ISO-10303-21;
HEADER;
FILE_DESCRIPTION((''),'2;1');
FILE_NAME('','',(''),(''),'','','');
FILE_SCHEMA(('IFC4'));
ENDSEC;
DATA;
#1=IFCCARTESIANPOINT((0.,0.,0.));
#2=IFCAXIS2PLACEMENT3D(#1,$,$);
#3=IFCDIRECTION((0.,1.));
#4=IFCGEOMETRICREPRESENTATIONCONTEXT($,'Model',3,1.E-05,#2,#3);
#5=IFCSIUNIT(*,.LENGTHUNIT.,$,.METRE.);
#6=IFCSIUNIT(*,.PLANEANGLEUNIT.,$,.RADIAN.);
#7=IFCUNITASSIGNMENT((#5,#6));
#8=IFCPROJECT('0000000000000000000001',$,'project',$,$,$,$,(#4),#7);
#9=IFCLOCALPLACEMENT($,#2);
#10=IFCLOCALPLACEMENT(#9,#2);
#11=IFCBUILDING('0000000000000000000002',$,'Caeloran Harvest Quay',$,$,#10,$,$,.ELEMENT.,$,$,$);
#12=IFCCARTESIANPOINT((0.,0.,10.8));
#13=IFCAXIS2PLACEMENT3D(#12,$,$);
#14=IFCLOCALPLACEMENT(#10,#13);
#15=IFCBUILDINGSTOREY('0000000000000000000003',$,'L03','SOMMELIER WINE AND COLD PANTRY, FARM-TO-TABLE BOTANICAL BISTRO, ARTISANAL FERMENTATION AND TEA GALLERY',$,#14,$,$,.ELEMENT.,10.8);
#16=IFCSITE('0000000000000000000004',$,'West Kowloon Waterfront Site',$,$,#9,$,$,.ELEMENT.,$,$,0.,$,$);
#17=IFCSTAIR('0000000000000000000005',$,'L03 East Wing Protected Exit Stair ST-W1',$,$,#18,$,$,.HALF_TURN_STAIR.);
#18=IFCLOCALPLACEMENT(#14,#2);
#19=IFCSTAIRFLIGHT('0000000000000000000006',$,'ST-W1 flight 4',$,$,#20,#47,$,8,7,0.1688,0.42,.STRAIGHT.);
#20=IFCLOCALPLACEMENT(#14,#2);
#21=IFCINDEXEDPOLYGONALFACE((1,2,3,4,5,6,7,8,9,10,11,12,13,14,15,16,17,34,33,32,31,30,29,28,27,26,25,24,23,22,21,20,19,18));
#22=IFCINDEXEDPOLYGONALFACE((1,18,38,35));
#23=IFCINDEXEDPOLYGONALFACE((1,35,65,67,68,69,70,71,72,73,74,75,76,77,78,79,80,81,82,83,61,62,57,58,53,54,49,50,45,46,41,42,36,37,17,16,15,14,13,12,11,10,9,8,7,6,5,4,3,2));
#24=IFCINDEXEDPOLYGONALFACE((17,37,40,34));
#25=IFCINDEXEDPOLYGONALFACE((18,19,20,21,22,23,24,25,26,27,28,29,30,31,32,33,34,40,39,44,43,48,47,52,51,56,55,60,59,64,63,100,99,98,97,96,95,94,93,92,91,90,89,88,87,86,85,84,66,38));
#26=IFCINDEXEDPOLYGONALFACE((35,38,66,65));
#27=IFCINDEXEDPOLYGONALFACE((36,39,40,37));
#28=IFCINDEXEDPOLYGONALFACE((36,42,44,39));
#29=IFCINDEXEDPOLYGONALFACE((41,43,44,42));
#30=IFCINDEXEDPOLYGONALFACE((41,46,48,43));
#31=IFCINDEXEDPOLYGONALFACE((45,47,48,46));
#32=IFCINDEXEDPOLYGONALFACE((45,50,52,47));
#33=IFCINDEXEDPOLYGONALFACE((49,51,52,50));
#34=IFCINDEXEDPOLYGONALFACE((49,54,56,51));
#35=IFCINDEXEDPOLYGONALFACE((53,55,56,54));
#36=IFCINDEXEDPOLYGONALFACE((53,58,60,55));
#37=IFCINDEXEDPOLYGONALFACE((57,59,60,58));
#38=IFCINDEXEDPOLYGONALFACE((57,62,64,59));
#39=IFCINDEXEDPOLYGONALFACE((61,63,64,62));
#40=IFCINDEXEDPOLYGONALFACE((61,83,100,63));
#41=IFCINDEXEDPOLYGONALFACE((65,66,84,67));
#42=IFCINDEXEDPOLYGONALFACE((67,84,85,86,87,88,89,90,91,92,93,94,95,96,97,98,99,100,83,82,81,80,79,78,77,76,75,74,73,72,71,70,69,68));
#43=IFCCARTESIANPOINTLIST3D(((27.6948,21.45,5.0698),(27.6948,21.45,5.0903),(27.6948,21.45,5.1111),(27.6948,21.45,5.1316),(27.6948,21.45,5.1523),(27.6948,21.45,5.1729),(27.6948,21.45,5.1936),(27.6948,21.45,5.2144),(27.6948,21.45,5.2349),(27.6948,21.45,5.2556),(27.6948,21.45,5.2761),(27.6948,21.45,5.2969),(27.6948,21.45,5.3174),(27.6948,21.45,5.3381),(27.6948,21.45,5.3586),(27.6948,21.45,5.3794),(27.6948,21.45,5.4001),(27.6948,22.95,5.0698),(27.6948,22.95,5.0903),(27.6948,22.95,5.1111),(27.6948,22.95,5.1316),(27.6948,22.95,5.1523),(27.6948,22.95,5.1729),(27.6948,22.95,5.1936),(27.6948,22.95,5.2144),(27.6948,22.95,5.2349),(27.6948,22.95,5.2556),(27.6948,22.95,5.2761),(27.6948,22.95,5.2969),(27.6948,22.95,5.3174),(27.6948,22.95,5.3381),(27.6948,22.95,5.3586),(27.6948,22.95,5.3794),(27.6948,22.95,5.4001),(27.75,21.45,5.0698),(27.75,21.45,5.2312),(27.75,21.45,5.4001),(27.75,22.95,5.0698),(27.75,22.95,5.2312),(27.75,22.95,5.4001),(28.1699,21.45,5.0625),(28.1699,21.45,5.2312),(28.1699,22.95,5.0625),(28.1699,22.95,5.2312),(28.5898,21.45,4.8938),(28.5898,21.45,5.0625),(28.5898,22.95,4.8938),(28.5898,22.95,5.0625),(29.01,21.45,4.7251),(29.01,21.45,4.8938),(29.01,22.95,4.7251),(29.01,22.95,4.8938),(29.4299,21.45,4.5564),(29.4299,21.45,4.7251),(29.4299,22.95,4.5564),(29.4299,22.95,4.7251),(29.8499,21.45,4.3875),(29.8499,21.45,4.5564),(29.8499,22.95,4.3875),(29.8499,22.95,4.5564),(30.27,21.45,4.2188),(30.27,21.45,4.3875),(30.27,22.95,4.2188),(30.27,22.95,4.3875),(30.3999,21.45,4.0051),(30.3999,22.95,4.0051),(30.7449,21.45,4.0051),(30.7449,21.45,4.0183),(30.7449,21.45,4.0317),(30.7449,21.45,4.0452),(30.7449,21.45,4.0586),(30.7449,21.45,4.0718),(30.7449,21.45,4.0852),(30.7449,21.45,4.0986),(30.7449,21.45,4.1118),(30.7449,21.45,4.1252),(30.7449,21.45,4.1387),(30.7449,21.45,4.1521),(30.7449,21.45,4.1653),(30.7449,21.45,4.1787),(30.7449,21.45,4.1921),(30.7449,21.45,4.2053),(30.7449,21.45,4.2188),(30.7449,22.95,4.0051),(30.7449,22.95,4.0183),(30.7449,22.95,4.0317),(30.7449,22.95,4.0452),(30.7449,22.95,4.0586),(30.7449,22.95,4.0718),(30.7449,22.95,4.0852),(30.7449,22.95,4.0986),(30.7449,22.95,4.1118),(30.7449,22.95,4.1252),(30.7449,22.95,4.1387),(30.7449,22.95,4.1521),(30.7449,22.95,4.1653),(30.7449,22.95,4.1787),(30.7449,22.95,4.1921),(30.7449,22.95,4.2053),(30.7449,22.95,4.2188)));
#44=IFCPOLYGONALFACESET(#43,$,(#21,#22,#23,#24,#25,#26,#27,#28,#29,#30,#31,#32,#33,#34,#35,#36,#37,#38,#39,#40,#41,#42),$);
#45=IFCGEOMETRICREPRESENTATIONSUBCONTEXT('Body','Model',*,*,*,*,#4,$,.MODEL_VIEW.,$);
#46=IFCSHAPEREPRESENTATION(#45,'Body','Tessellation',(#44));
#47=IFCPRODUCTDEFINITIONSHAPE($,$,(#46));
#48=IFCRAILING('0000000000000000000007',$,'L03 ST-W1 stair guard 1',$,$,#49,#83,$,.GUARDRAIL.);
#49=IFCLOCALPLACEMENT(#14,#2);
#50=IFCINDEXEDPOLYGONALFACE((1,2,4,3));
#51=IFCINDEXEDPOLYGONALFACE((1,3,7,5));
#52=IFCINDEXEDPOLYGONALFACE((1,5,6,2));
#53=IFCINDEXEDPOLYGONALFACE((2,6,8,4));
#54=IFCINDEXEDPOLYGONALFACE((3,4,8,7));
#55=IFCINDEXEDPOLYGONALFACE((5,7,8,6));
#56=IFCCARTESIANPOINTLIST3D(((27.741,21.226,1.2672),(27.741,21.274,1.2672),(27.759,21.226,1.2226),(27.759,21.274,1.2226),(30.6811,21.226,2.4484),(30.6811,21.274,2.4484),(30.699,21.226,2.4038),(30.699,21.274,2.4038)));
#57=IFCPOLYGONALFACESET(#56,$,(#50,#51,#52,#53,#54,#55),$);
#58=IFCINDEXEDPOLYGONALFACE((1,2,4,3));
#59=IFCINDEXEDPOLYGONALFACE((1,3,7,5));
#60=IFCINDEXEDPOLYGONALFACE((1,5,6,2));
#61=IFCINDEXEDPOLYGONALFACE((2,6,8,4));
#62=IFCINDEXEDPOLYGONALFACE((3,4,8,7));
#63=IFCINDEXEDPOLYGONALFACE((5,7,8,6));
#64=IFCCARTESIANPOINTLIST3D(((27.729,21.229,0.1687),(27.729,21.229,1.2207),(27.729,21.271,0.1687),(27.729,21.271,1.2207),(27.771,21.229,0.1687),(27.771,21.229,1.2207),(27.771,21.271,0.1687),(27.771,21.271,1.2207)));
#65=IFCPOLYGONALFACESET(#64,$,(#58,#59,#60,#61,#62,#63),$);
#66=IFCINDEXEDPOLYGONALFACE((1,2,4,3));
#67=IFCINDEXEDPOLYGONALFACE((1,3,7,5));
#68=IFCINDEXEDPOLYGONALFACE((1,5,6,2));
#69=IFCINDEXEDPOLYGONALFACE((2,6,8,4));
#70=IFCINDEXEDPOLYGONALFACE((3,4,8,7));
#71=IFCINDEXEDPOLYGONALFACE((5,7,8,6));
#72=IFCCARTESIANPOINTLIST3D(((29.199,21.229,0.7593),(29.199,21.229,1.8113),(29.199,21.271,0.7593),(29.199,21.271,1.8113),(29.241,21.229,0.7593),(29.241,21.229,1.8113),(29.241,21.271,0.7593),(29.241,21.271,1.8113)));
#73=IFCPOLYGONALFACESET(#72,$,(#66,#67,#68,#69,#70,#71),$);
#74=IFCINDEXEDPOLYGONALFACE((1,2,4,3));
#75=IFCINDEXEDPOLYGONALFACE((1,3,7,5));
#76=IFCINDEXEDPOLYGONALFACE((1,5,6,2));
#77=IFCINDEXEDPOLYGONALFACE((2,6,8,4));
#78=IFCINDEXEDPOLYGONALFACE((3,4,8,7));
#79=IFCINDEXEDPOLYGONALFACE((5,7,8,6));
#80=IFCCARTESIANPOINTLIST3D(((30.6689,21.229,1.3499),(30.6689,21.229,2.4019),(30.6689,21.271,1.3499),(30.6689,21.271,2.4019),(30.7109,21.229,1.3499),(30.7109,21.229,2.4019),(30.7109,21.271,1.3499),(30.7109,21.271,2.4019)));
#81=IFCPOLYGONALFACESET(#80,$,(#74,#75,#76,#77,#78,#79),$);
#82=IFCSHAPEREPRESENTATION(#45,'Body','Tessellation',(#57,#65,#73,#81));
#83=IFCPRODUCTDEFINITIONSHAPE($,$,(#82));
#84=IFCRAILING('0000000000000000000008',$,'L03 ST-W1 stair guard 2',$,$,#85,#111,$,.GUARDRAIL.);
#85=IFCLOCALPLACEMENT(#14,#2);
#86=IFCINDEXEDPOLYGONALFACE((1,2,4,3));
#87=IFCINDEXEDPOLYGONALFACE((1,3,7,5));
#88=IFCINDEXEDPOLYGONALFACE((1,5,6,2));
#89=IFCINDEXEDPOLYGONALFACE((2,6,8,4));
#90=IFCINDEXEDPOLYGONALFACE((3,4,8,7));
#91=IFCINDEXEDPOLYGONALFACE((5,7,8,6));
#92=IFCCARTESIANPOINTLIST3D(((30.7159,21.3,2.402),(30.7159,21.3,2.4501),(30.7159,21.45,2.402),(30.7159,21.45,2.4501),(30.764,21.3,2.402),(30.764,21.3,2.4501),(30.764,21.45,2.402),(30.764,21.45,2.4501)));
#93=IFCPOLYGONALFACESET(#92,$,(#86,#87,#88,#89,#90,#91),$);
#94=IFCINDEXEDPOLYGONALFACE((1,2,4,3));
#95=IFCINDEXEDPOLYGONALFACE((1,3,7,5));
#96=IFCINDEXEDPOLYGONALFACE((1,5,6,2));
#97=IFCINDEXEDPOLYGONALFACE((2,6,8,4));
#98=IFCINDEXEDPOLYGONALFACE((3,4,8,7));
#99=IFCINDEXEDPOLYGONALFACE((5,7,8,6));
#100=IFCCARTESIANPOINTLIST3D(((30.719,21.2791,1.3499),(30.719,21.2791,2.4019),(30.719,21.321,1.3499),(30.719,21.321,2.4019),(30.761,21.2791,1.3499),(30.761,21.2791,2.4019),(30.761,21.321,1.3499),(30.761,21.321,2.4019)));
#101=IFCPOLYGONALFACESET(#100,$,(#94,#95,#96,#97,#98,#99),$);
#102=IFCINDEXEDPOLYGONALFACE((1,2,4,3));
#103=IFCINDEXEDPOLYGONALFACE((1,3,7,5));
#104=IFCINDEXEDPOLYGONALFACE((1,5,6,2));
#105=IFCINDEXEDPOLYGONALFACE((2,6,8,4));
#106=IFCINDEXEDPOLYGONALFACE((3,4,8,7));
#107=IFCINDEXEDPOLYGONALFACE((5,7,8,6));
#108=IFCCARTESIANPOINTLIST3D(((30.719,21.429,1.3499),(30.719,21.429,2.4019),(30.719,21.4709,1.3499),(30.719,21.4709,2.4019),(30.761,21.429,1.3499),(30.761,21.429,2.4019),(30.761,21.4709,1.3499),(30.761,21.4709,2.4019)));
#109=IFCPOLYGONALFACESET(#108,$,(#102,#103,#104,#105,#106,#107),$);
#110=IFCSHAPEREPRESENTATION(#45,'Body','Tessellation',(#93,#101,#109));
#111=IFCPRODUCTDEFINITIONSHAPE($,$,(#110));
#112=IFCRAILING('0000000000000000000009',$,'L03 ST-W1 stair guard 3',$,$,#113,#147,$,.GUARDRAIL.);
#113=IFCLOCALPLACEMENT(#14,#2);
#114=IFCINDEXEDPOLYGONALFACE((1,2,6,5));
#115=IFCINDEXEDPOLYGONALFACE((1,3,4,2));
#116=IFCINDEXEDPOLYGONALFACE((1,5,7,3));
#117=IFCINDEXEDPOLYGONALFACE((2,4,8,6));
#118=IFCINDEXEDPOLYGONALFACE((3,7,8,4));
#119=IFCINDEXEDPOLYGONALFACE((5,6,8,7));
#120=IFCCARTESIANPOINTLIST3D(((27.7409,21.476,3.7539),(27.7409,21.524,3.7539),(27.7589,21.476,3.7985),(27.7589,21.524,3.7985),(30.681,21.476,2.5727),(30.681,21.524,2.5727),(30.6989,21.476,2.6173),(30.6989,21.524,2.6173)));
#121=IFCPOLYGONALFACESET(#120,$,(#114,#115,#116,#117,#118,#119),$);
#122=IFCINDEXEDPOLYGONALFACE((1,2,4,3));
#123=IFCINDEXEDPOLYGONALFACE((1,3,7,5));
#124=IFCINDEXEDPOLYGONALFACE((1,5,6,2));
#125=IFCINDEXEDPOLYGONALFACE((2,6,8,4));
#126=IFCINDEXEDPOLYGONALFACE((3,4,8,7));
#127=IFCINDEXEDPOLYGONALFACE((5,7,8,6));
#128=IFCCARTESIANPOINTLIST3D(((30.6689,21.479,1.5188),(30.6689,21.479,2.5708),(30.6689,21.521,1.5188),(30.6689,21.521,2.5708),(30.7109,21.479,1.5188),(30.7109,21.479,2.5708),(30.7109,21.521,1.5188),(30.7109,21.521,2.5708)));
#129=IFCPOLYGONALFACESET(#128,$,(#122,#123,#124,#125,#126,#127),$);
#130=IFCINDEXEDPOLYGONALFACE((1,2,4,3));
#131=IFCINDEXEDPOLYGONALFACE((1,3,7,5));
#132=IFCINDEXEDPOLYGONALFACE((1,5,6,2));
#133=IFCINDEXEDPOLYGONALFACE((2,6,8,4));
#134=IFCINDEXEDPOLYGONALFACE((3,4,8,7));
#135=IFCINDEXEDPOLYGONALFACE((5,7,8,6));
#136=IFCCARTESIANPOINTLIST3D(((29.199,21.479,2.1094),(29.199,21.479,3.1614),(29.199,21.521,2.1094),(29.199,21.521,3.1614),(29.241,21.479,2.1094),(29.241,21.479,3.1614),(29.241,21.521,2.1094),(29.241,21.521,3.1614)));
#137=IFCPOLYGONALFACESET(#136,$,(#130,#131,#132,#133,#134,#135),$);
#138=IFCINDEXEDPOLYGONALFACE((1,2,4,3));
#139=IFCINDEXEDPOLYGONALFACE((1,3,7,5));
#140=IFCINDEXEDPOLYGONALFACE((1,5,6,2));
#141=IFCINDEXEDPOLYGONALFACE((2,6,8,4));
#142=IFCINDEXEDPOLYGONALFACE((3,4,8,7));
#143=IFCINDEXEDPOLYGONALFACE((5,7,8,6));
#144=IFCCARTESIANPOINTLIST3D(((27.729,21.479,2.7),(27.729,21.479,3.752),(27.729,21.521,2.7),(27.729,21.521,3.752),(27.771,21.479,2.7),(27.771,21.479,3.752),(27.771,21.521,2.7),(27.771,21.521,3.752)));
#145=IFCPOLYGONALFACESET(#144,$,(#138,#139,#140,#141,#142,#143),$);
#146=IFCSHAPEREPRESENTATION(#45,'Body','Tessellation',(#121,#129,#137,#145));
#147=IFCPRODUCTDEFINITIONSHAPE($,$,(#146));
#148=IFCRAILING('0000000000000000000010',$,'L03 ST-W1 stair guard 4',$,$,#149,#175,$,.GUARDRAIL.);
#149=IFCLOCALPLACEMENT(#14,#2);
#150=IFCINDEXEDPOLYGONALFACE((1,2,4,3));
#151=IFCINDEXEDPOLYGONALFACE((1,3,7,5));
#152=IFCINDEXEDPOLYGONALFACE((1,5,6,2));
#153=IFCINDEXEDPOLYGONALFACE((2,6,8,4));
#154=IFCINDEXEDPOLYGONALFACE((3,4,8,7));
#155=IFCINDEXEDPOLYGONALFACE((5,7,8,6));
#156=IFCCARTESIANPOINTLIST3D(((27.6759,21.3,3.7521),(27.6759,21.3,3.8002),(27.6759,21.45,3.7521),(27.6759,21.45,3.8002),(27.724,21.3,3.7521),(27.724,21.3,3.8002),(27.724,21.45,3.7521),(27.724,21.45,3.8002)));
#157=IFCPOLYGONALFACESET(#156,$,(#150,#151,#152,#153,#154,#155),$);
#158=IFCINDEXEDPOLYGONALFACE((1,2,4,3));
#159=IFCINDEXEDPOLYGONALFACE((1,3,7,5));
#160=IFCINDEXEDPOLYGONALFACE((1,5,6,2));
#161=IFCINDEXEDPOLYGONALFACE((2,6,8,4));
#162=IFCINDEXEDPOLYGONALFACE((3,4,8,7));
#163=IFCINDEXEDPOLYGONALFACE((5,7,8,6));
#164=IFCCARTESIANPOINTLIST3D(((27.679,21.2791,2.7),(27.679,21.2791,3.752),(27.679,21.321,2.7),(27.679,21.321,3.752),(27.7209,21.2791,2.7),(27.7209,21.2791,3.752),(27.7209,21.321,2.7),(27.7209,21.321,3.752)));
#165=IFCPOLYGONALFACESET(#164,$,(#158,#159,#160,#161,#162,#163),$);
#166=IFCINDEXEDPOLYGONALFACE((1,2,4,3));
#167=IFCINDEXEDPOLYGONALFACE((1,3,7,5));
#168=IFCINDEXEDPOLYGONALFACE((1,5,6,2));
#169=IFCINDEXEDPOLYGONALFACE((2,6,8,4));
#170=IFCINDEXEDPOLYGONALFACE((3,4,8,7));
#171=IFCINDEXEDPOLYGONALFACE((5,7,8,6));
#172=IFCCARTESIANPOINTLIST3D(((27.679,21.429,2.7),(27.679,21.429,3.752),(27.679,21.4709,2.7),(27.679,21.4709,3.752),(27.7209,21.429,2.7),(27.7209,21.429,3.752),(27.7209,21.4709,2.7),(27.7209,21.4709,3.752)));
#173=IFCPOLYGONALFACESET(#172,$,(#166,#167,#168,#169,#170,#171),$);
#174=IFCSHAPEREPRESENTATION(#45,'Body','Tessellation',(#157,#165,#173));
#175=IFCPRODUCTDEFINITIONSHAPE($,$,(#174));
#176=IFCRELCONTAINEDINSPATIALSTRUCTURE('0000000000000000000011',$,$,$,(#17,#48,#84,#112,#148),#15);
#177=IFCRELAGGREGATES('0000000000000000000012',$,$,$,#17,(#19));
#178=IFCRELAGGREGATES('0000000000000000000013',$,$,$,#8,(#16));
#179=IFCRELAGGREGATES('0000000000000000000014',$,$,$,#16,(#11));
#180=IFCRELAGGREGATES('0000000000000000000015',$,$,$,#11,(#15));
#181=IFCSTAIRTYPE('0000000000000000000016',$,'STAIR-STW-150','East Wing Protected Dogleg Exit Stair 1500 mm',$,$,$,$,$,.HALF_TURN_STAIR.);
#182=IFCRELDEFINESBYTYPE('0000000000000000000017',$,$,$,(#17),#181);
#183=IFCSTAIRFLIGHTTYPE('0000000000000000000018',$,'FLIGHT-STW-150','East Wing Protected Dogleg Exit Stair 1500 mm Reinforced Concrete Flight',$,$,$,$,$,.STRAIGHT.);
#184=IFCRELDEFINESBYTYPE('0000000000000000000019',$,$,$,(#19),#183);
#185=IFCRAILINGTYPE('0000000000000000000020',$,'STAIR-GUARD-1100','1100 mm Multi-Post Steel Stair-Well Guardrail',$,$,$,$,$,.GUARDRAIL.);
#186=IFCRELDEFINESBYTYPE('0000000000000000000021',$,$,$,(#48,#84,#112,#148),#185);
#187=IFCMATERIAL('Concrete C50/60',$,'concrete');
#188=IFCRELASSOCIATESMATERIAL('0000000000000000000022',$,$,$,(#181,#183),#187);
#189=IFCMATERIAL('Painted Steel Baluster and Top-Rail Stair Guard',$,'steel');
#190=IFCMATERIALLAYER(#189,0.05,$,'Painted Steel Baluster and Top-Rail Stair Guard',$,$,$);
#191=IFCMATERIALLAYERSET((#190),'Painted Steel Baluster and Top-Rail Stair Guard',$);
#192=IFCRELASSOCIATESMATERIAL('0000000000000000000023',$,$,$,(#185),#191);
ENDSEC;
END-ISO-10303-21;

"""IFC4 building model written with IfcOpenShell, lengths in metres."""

from ifc_helpers import new_model, si_unit, direction, frame, origin, origin_2d, place, context, subcontext, project, spatial, polyline, rectangle, outline, extrude, material, layer, layer_set, type_object, element, aggregate, save


model = new_model("IFC4")

# Units and contexts
model_context = context("Model", 3, precision=1e-05, world=origin(), true_north=direction((0.0, 1.0)))
body_context = subcontext(model_context, "Body", "Model", "MODEL_VIEW")
ifc_project = project(units=[si_unit("LENGTHUNIT", "METRE"), si_unit("PLANEANGLEUNIT", "RADIAN")], contexts=[model_context])

# Site, building, storey
site_placement = place(None, origin())
site = spatial("IfcSite", under=ifc_project, at=site_placement, Name="West Kowloon Waterfront Site", CompositionType="ELEMENT", RefElevation=0.0)
building_placement = place(site_placement, origin())
building = spatial("IfcBuilding", under=site, at=building_placement, Name="Caeloran Harvest Quay", CompositionType="ELEMENT")
storey_placement = place(building_placement, frame((0.0, 0.0, 10.8)))
storey = spatial("IfcBuildingStorey", under=building, at=storey_placement, Name="L03", Description="SOMMELIER WINE AND COLD PANTRY, FARM-TO-TABLE BOTANICAL BISTRO, ARTISANAL FERMENTATION AND TEA GALLERY", CompositionType="ELEMENT", Elevation=10.8)

# Shared definitions
ifc_material_1 = material(Name="Concrete C50/60", Category="concrete")

# Stair, stair flight
stair_type_1 = type_object("IfcStairType", Name="STAIR-STW-150", Description="East Wing Protected Dogleg Exit Stair 1500 mm", PredefinedType="HALF_TURN_STAIR", material=ifc_material_1)
stair_1_placement = place(storey_placement, origin())
stair_1 = element("IfcStair", 1, at=stair_1_placement, inside=storey, type_object=stair_type_1, Name="L03 East Wing Protected Exit Stair ST-W1", PredefinedType="HALF_TURN_STAIR")
stair_flight_type_1 = type_object("IfcStairFlightType", Name="FLIGHT-STW-150", Description="East Wing Protected Dogleg Exit Stair 1500 mm Reinforced Concrete Flight", PredefinedType="STRAIGHT", material=ifc_material_1)
stair_flight_1_placement = place(storey_placement, frame((30.6899, 22.2, 4.05), z_axis=(0.0, 0.0, 1.0), x_axis=(-1.0, 0.0, 0.0)))
stair_flight_1 = element("IfcStairFlight", 2, at=stair_flight_1_placement, type_object=stair_flight_type_1, Name="ST-W1 flight 4", NumberOfRisers=8, NumberOfTreads=7, PredefinedType="STRAIGHT", RiserHeight=0.1688, TreadLength=0.42, context=body_context, shape_type="SweptSolid", body=[
    extrude(outline(polyline([(-0.0549, -0.0449), (-0.0549, -0.0317), (-0.0549, -0.0183), (-0.0549, -0.0049), (-0.0549, 0.0085), (-0.0549, 0.0217), (-0.0549, 0.0352), (-0.0549, 0.0486), (-0.0549, 0.0618), (-0.0549, 0.0752), (-0.0549, 0.0886), (-0.0549, 0.1021), (-0.0549, 0.1152), (-0.0549, 0.1287), (-0.0549, 0.1421), (-0.0549, 0.1553), (-0.0549, 0.1687), (0.4199, 0.1687), (0.4199, 0.3374), (0.8401, 0.3374), (0.8401, 0.5063), (1.26, 0.5063), (1.26, 0.675), (1.6799, 0.675), (1.6799, 0.8438), (2.1001, 0.8438), (2.1001, 1.0125), (2.52, 1.0125), (2.52, 1.1812), (2.9399, 1.1812), (2.9399, 1.3501), (2.9951, 1.3501), (2.9951, 1.3293), (2.9951, 1.3086), (2.9951, 1.2881), (2.9951, 1.2673), (2.9951, 1.2468), (2.9951, 1.2261), (2.9951, 1.2056), (2.9951, 1.1848), (2.9951, 1.1643), (2.9951, 1.1436), (2.9951, 1.1228), (2.9951, 1.1023), (2.9951, 1.0815), (2.9951, 1.061), (2.9951, 1.0403), (2.9951, 1.0198), (2.9399, 1.0198), (0.29, -0.0449), (-0.0549, -0.0449)])), frame((0.0, 0.75, 0.0), z_axis=(0.0, -1.0, 0.0), x_axis=(1.0, 0.0, 0.0)), (0.0, 0.0, 1.0), 1.5),
])
aggregate(stair_1, [stair_flight_1])

# Railings
ifc_material_2 = material(Name="Painted Steel Baluster and Top-Rail Stair Guard", Category="steel")
ifc_layer_1 = layer(ifc_material_2, 0.05, Name="Painted Steel Baluster and Top-Rail Stair Guard")
ifc_layer_set_1 = layer_set([ifc_layer_1], Name="Painted Steel Baluster and Top-Rail Stair Guard")
railing_type_1 = type_object("IfcRailingType", Name="STAIR-GUARD-1100", Description="1100 mm Multi-Post Steel Stair-Well Guardrail", PredefinedType="GUARDRAIL", material=ifc_layer_set_1)
railing_1_placement = place(storey_placement, frame((27.75, 21.25, 0.1687)))
element("IfcRailing", 3, at=railing_1_placement, inside=storey, type_object=railing_type_1, Name="L03 ST-W1 stair guard 1", PredefinedType="GUARDRAIL", context=body_context, shape_type="SweptSolid", body=[
    extrude(rectangle(XDim=0.0481, YDim=0.0481, at=origin_2d()), frame((0.0, 0.0, 1.0762), z_axis=(0.927912, 0.0, 0.372799), x_axis=(0.0, 1.0, 0.0)), (0.0, 0.0, 1.0), 3.1685),
    extrude(rectangle(XDim=0.042, YDim=0.042, at=origin_2d()), origin(), (0.0, 0.0, 1.0), 1.052),
    extrude(rectangle(XDim=0.042, YDim=0.042, at=origin_2d()), frame((1.47, 0.0, 0.5906)), (0.0, 0.0, 1.0), 1.052),
    extrude(rectangle(XDim=0.042, YDim=0.042, at=origin_2d()), frame((2.9399, 0.0, 1.1812)), (0.0, 0.0, 1.0), 1.052),
])
railing_2_placement = place(storey_placement, frame((30.74, 21.3, 1.3499)))
element("IfcRailing", 4, at=railing_2_placement, inside=storey, type_object=railing_type_1, Name="L03 ST-W1 stair guard 2", PredefinedType="GUARDRAIL", context=body_context, shape_type="SweptSolid", body=[
    extrude(rectangle(XDim=0.0481, YDim=0.0481, at=origin_2d()), frame((0.0, 0.0, 1.0762), z_axis=(0.0, 1.0, 0.0), x_axis=(-1.0, 0.0, 0.0)), (0.0, 0.0, 1.0), 0.1499),
    extrude(rectangle(XDim=0.042, YDim=0.042, at=origin_2d()), origin(), (0.0, 0.0, 1.0), 1.052),
    extrude(rectangle(XDim=0.042, YDim=0.042, at=origin_2d()), frame((0.0, 0.1499, 0.0)), (0.0, 0.0, 1.0), 1.052),
])
railing_3_placement = place(storey_placement, frame((30.6899, 21.5, 1.5188)))
element("IfcRailing", 5, at=railing_3_placement, inside=storey, type_object=railing_type_1, Name="L03 ST-W1 stair guard 3", PredefinedType="GUARDRAIL", context=body_context, shape_type="SweptSolid", body=[
    extrude(rectangle(XDim=0.0481, YDim=0.0481, at=origin_2d()), frame((0.0, 0.0, 1.0762), z_axis=(-0.927912, 0.0, 0.372799), x_axis=(0.0, -1.0, 0.0)), (0.0, 0.0, 1.0), 3.1685),
    extrude(rectangle(XDim=0.042, YDim=0.042, at=origin_2d()), origin(), (0.0, 0.0, 1.0), 1.052),
    extrude(rectangle(XDim=0.042, YDim=0.042, at=origin_2d()), frame((-1.47, 0.0, 0.5906)), (0.0, 0.0, 1.0), 1.052),
    extrude(rectangle(XDim=0.042, YDim=0.042, at=origin_2d()), frame((-2.9399, 0.0, 1.1812)), (0.0, 0.0, 1.0), 1.052),
])
railing_4_placement = place(storey_placement, frame((27.7, 21.3, 2.7)))
element("IfcRailing", 6, at=railing_4_placement, inside=storey, type_object=railing_type_1, Name="L03 ST-W1 stair guard 4", PredefinedType="GUARDRAIL", context=body_context, shape_type="SweptSolid", body=[
    extrude(rectangle(XDim=0.0481, YDim=0.0481, at=origin_2d()), frame((0.0, 0.0, 1.0762), z_axis=(0.0, 1.0, 0.0), x_axis=(-1.0, 0.0, 0.0)), (0.0, 0.0, 1.0), 0.1499),
    extrude(rectangle(XDim=0.042, YDim=0.042, at=origin_2d()), origin(), (0.0, 0.0, 1.0), 1.052),
    extrude(rectangle(XDim=0.042, YDim=0.042, at=origin_2d()), frame((0.0, 0.1499, 0.0)), (0.0, 0.0, 1.0), 1.052),
])

save(model, "model.ifc")
